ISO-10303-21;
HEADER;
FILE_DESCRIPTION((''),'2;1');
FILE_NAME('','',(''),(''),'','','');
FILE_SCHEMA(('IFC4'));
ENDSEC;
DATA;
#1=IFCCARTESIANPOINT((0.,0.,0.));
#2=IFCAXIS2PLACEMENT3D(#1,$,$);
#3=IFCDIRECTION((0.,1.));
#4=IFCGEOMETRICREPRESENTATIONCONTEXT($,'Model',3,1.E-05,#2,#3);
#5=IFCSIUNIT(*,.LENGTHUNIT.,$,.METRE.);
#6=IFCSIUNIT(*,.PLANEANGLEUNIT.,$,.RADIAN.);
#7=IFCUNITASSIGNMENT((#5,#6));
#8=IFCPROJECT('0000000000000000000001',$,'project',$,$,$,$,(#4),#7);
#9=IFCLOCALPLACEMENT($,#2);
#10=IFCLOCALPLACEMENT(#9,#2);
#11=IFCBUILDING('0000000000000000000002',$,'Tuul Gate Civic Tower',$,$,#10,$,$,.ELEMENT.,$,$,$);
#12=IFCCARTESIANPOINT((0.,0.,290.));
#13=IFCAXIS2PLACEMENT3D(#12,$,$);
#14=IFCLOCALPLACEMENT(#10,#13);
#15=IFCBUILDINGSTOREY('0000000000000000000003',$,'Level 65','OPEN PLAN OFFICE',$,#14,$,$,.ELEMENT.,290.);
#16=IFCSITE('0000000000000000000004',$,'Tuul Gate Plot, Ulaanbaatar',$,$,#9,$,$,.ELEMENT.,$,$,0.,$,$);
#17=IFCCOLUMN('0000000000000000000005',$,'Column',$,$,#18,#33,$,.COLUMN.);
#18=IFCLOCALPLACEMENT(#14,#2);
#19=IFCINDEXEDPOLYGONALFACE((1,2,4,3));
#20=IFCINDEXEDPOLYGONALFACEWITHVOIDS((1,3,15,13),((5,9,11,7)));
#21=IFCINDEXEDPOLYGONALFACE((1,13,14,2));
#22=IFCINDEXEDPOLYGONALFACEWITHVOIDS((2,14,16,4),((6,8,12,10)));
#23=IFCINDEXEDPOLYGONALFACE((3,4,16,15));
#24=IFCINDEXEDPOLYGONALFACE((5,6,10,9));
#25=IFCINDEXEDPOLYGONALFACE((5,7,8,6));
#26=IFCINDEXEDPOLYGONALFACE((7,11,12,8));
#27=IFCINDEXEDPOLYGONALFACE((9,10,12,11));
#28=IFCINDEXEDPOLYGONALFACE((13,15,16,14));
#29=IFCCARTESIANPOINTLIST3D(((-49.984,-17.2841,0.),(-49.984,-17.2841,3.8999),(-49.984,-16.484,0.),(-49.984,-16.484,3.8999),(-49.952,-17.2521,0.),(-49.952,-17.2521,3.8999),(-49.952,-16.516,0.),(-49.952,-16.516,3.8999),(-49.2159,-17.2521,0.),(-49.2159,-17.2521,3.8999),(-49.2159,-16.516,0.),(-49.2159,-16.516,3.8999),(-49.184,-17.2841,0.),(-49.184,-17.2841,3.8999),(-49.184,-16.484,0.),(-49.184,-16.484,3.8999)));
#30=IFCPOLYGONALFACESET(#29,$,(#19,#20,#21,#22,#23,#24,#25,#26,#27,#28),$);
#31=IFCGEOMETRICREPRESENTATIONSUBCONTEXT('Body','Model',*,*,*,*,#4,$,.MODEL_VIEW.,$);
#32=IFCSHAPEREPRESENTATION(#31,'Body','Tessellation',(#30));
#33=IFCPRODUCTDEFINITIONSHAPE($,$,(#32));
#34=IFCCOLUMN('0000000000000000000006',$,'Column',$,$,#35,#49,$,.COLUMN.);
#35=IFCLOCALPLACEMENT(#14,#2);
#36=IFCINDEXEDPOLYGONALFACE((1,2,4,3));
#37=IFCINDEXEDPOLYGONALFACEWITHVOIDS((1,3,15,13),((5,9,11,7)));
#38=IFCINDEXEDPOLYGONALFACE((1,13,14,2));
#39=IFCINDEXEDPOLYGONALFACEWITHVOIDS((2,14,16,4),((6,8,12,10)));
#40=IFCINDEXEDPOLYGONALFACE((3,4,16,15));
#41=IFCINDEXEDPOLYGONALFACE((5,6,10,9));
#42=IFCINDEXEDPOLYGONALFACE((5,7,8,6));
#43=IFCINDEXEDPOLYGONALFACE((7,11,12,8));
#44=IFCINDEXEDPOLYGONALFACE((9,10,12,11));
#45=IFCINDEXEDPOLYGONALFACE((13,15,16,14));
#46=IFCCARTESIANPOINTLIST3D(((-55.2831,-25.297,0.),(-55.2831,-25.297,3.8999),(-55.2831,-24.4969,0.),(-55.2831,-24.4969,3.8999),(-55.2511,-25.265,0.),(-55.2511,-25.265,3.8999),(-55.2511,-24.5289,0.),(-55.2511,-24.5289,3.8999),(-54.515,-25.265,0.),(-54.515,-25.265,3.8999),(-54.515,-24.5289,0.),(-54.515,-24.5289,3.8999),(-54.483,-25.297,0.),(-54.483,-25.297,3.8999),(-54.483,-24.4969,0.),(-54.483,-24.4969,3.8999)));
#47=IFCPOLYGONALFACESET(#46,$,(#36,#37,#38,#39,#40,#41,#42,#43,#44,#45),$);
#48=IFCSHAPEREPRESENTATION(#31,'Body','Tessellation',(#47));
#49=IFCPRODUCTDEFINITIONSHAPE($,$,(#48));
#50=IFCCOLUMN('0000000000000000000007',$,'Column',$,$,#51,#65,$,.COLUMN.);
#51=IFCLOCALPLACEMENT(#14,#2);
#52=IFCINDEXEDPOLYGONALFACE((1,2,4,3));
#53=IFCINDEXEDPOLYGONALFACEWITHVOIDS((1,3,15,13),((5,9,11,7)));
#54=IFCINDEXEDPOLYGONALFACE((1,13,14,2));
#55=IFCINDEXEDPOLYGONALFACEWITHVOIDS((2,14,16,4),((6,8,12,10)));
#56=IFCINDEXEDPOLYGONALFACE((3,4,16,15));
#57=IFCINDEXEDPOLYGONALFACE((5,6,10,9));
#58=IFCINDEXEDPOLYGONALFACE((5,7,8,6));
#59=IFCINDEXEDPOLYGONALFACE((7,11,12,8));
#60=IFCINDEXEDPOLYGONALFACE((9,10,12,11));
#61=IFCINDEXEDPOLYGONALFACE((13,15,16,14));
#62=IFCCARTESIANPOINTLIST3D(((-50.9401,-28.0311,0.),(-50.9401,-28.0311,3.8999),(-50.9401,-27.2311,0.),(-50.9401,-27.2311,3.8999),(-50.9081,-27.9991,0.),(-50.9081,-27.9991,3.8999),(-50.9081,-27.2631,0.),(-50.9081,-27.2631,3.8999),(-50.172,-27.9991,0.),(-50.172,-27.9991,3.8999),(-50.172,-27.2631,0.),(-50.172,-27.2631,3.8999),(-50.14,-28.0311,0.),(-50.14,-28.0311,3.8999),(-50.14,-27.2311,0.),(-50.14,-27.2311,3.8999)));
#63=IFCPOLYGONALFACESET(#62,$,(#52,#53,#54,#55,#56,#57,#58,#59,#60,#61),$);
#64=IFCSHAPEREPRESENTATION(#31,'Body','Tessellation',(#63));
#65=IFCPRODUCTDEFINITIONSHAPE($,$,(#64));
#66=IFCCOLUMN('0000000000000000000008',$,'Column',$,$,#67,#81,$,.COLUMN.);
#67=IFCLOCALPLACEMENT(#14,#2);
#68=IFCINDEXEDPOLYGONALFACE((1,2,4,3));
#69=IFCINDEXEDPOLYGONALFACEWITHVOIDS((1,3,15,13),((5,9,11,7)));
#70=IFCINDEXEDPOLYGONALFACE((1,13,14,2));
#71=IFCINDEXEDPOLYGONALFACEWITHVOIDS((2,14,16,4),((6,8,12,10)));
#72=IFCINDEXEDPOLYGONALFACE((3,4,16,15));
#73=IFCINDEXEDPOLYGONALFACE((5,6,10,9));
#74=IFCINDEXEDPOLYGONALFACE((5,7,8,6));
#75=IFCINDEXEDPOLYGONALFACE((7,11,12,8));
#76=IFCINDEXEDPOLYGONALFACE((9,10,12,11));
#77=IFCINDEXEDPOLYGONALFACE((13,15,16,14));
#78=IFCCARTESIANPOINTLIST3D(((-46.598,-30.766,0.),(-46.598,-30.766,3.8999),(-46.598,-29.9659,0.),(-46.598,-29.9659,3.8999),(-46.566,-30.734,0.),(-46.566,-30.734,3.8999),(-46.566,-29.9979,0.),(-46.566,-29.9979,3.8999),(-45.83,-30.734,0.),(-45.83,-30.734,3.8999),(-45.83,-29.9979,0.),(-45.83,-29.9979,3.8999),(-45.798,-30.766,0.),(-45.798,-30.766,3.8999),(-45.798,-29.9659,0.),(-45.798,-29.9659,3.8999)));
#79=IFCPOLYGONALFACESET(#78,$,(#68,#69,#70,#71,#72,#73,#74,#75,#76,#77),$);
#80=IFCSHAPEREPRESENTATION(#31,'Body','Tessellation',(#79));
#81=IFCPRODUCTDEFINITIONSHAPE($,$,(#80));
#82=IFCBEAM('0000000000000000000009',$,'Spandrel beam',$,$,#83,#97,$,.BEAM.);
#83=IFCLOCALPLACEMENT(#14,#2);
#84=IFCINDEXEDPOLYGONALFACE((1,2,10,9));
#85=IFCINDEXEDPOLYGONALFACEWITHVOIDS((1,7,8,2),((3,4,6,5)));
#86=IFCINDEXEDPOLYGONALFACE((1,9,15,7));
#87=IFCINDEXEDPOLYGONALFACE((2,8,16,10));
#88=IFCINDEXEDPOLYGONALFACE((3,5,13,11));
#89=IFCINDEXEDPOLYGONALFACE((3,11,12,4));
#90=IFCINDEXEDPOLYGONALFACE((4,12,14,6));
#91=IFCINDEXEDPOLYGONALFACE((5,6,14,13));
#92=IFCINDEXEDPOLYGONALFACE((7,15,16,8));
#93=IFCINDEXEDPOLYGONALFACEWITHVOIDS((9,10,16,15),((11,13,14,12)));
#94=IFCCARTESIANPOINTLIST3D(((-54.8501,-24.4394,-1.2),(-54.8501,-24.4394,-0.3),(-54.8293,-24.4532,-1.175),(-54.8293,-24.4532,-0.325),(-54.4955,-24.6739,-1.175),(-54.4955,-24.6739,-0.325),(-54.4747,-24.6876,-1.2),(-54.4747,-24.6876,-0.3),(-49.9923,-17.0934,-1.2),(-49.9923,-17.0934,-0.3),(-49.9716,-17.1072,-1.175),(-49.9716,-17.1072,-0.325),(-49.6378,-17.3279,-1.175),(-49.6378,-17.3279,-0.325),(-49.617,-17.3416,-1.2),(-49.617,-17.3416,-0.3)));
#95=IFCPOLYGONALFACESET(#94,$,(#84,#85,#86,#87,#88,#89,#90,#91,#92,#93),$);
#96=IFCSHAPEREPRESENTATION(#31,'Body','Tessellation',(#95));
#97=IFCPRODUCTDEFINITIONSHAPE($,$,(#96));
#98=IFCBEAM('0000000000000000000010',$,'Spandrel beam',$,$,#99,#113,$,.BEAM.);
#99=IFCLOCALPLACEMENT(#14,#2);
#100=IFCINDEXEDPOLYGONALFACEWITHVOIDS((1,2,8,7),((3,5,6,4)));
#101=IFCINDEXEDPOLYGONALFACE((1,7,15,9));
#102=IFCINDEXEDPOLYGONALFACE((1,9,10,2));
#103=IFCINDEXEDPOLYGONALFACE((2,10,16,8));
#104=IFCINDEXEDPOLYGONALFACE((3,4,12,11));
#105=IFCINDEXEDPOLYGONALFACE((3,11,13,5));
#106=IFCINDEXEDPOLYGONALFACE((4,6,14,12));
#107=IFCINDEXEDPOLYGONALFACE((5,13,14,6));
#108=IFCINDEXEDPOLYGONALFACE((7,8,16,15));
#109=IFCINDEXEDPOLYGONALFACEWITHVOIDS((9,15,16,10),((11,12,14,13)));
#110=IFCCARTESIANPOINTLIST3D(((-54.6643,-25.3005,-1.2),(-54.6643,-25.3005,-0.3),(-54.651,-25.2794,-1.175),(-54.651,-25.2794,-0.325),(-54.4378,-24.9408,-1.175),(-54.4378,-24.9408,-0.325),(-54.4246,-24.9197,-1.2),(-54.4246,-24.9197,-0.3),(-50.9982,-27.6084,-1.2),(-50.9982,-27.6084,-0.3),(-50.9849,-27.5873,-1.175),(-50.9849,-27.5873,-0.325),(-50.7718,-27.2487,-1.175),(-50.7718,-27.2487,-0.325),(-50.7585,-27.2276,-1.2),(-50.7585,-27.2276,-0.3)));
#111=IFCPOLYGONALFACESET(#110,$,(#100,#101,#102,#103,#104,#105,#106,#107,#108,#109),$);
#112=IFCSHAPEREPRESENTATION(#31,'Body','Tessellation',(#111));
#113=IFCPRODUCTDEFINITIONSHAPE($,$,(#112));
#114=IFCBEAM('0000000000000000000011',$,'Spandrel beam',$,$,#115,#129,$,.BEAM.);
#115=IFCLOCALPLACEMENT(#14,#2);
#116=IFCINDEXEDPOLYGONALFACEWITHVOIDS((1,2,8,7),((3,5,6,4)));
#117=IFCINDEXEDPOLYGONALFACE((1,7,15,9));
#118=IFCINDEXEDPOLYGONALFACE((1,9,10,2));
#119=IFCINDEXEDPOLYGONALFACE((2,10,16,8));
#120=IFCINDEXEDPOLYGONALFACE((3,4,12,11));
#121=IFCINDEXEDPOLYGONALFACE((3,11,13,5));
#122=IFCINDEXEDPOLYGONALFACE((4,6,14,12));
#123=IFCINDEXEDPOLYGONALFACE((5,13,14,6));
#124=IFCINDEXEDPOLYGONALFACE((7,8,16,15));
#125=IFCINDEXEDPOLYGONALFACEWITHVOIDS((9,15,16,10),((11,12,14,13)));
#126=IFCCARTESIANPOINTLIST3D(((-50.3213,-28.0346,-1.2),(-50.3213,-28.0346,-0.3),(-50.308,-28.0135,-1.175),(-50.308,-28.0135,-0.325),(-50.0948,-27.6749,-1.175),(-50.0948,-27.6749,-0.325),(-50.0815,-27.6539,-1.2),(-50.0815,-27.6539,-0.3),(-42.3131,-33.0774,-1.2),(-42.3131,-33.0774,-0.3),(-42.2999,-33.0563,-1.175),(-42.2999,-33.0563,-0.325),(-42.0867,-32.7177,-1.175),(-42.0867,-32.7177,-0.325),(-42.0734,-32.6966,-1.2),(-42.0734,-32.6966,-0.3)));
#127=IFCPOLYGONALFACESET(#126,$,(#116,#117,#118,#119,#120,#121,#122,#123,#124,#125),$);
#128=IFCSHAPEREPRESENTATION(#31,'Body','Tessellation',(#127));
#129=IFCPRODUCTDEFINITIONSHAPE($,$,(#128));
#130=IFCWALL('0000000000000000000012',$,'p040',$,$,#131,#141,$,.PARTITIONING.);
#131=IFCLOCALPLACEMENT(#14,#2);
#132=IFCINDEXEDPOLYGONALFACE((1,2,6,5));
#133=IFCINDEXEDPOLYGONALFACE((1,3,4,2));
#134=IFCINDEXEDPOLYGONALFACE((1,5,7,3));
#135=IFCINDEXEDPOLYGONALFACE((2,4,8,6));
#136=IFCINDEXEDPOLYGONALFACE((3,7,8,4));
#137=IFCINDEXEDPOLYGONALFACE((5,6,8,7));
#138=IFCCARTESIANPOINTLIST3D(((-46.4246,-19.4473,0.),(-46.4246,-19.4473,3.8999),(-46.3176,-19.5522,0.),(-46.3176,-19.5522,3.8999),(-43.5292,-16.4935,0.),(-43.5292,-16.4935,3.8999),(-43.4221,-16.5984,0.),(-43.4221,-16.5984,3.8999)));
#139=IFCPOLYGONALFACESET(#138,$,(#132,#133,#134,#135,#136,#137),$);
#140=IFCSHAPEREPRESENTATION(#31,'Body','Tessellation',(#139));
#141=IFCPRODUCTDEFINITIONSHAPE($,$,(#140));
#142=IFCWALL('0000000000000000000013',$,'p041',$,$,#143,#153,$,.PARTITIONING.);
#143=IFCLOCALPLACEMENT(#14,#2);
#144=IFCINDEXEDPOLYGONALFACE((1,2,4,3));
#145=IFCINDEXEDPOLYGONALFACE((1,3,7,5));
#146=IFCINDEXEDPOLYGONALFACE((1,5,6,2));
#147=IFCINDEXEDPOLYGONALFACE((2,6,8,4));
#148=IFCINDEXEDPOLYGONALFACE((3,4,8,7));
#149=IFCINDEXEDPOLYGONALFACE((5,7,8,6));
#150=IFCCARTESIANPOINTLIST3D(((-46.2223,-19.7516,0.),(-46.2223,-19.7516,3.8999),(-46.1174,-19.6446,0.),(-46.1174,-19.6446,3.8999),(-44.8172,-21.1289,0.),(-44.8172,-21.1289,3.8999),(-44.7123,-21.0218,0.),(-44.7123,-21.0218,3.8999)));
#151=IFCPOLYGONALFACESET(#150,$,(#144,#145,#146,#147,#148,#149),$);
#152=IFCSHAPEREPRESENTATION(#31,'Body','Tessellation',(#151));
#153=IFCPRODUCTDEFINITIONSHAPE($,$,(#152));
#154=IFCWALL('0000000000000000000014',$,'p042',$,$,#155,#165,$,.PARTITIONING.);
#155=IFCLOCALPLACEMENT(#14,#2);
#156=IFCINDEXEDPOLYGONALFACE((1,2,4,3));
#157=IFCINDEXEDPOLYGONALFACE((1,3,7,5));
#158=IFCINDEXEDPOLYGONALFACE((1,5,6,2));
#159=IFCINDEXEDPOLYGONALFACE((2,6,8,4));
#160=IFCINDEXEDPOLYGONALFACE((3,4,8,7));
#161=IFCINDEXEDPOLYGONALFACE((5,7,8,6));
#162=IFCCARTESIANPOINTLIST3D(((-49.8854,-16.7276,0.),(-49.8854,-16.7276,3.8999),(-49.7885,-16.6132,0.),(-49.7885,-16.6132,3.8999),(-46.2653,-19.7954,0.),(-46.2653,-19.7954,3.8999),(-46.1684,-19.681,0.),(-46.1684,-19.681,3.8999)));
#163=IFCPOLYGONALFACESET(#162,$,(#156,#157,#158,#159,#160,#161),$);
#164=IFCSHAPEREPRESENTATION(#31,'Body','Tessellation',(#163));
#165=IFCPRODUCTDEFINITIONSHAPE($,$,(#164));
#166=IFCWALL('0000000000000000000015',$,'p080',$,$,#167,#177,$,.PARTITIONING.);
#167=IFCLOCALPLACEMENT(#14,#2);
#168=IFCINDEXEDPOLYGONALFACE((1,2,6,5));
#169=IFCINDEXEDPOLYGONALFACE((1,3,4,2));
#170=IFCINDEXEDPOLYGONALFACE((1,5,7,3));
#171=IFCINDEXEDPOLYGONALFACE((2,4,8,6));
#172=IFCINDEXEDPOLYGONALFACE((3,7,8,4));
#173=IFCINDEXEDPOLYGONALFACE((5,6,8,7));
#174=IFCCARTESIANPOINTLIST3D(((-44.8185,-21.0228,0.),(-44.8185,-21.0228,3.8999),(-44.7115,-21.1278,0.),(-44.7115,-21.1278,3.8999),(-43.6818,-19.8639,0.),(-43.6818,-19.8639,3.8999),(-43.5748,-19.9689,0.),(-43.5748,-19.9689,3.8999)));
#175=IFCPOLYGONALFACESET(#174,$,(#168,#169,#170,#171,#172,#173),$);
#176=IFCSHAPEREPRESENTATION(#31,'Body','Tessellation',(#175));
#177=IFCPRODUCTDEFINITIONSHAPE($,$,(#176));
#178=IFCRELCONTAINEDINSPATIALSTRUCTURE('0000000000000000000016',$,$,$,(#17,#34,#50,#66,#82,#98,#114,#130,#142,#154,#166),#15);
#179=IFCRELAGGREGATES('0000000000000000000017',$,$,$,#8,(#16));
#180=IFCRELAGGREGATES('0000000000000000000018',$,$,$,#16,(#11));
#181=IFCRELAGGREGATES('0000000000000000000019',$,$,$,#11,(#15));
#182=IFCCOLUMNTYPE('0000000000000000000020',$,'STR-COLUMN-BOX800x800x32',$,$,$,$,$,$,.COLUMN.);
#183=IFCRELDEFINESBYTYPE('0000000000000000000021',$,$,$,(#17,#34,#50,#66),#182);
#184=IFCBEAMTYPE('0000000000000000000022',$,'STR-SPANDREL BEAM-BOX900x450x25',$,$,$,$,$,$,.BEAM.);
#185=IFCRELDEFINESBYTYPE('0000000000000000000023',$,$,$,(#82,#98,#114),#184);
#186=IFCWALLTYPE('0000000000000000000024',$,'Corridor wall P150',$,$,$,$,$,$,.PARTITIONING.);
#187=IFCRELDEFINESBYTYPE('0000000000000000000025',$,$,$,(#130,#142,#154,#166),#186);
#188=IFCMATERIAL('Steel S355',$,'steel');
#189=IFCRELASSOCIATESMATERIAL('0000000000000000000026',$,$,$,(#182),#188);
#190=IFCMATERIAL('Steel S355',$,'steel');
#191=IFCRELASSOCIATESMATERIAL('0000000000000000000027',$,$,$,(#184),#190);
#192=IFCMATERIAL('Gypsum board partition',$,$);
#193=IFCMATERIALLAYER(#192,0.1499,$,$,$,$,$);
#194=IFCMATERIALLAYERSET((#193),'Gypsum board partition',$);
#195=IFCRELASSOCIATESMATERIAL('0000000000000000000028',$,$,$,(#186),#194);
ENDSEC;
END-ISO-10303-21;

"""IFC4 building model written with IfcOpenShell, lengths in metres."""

from ifc_helpers import new_model, si_unit, direction, frame, frame_2d, origin, origin_2d, place, context, subcontext, project, spatial, rectangle, hollow_rectangle, extrude, material, layer, layer_set, material_profile, profile_set, type_object, element, save


model = new_model("IFC4")

# Units and contexts
model_context = context("Model", 3, precision=1e-05, world=origin(), true_north=direction((0.0, 1.0)))
body_context = subcontext(model_context, "Body", "Model", "MODEL_VIEW")
ifc_project = project(units=[si_unit("LENGTHUNIT", "METRE"), si_unit("PLANEANGLEUNIT", "RADIAN")], contexts=[model_context])

# Site, building, storey
site_placement = place(None, origin())
site = spatial("IfcSite", under=ifc_project, at=site_placement, Name="Tuul Gate Plot, Ulaanbaatar", CompositionType="ELEMENT", RefElevation=0.0)
building_placement = place(site_placement, origin())
building = spatial("IfcBuilding", under=site, at=building_placement, Name="Tuul Gate Civic Tower", CompositionType="ELEMENT")
storey_placement = place(building_placement, frame((0.0, 0.0, 290.0)))
storey = spatial("IfcBuildingStorey", under=building, at=storey_placement, Name="Level 65", Description="OPEN PLAN OFFICE", CompositionType="ELEMENT", Elevation=290.0)

# Columns
ifc_material_1 = material(Name="Steel S355", Category="steel")
ifc_material_profile_1 = material_profile(ifc_material_1, hollow_rectangle(XDim=0.8, YDim=0.8, WallThickness=0.032, at=origin_2d()), Name="BOX800x800x32")
ifc_profile_set_1 = profile_set([ifc_material_profile_1], Name="Steel S355")
column_type = type_object("IfcColumnType", Name="STR-COLUMN-BOX800x800x32", PredefinedType="COLUMN", material=ifc_profile_set_1)
for number, where, z_axis, x_axis, name in (
    (1, (-49.584, -16.884, 0.0), (0.0, 0.0, 1.0), (1.0, 0.0, 0.0), "Column"),
    (2, (-54.8831, -24.897, 0.0), (0.0, 0.0, 1.0), (1.0, 0.0, 0.0), "Column"),
    (3, (-50.54, -27.6311, 0.0), (0.0, 0.0, 1.0), (1.0, 0.0, 0.0), "Column"),
    (4, (-46.198, -30.366, 0.0), (0.0, 0.0, 1.0), (1.0, 0.0, 0.0), "Column"),
):
    element("IfcColumn", number, at=place(storey_placement, frame(where, z_axis=z_axis, x_axis=x_axis)), inside=storey, type_object=column_type, Name=name, PredefinedType="COLUMN", context=body_context, shape_type="SweptSolid", body=[
        extrude(hollow_rectangle(XDim=0.8, YDim=0.8, WallThickness=0.032, at=origin_2d()), origin(), (0.0, 0.0, 1.0), 3.8999),
    ])

# Beams
ifc_material_2 = material(Name="Steel S355", Category="steel")
ifc_material_profile_2 = material_profile(ifc_material_2, hollow_rectangle(XDim=0.45, YDim=0.8999, WallThickness=0.0249, at=origin_2d()), Name="BOX900x450x25")
ifc_profile_set_2 = profile_set([ifc_material_profile_2], Name="Steel S355")
beam_type = type_object("IfcBeamType", Name="STR-SPANDREL BEAM-BOX900x450x25", PredefinedType="BEAM", material=ifc_profile_set_2)
beam_1_placement = place(storey_placement, frame((-49.8047, -17.2175, -0.75), z_axis=(-0.551581, -0.834121, 0.0), x_axis=(0.834121, -0.551581, 0.0)))
element("IfcBeam", 5, at=beam_1_placement, inside=storey, type_object=beam_type, Name="Spandrel beam", PredefinedType="BEAM", context=body_context, shape_type="SweptSolid", body=[
    extrude(hollow_rectangle(XDim=0.45, YDim=0.8999, WallThickness=0.0249, at=origin_2d()), origin(), (0.0, 0.0, 1.0), 8.8069),
])
beam_2_placement = place(storey_placement, frame((-54.5444, -25.1101, -0.75), z_axis=(0.846271, -0.532752, 0.0), x_axis=(0.532752, 0.846271, 0.0)))
element("IfcBeam", 6, at=beam_2_placement, inside=storey, type_object=beam_type, Name="Spandrel beam", PredefinedType="BEAM", context=body_context, shape_type="SweptSolid", body=[
    extrude(hollow_rectangle(XDim=0.45, YDim=0.8999, WallThickness=0.0249, at=origin_2d()), origin(), (0.0, 0.0, 1.0), 4.332),
])
beam_3_placement = place(storey_placement, frame((-50.2014, -27.8442, -0.75), z_axis=(0.846204, -0.53286, 0.0), x_axis=(0.53286, 0.846204, 0.0)))
element("IfcBeam", 7, at=beam_3_placement, inside=storey, type_object=beam_type, Name="Spandrel beam", PredefinedType="BEAM", context=body_context, shape_type="SweptSolid", body=[
    extrude(hollow_rectangle(XDim=0.45, YDim=0.8999, WallThickness=0.0249, at=origin_2d()), origin(), (0.0, 0.0, 1.0), 9.4636),
])

# Walls
ifc_material_3 = material(Name="Gypsum board partition")
ifc_layer_1 = layer(ifc_material_3, 0.1499)
ifc_layer_set_1 = layer_set([ifc_layer_1], Name="Gypsum board partition")
wall_type_1 = type_object("IfcWallType", Name="Corridor wall P150", PredefinedType="PARTITIONING", material=ifc_layer_set_1)
wall_1_placement = place(storey_placement, frame((-46.3711, -19.4998, 0.0), z_axis=(0.0, 0.0, 1.0), x_axis=(0.700018, 0.714125, 0.0)))
element("IfcWall", 8, at=wall_1_placement, inside=storey, type_object=wall_type_1, Name="p040", PredefinedType="PARTITIONING", context=body_context, shape_type="SweptSolid", body=[
    extrude(rectangle(XDim=4.1362, YDim=0.1499, at=frame_2d((2.0681, 0.0))), origin(), (0.0, 0.0, 1.0), 3.8999),
])
wall_2_placement = place(storey_placement, frame((-46.1699, -19.698, 0.0), z_axis=(0.0, 0.0, 1.0), x_axis=(0.714145, -0.699998, 0.0)))
element("IfcWall", 9, at=wall_2_placement, inside=storey, type_object=wall_type_1, Name="p041", PredefinedType="PARTITIONING", context=body_context, shape_type="SweptSolid", body=[
    extrude(rectangle(XDim=1.9675, YDim=0.1499, at=frame_2d((0.9839, 0.0))), origin(), (0.0, 0.0, 1.0), 3.8999),
])
wall_3_placement = place(storey_placement, frame((-49.8369, -16.6704, 0.0), z_axis=(0.0, 0.0, 1.0), x_axis=(0.762898, -0.646519, 0.0)))
element("IfcWall", 10, at=wall_3_placement, inside=storey, type_object=wall_type_1, Name="p042", PredefinedType="PARTITIONING", context=body_context, shape_type="SweptSolid", body=[
    extrude(rectangle(XDim=4.7451, YDim=0.1499, at=frame_2d((2.3726, 0.0))), origin(), (0.0, 0.0, 1.0), 3.8999),
])
wall_4_placement = place(storey_placement, frame((-44.7649, -21.0752, 0.0), z_axis=(0.0, 0.0, 1.0), x_axis=(0.700231, 0.713917, 0.0)))
element("IfcWall", 11, at=wall_4_placement, inside=storey, type_object=wall_type_1, Name="p080", PredefinedType="PARTITIONING", context=body_context, shape_type="SweptSolid", body=[
    extrude(rectangle(XDim=1.6233, YDim=0.1499, at=frame_2d((0.8115, 0.0))), origin(), (0.0, 0.0, 1.0), 3.8999),
])

save(model, "model.ifc")
